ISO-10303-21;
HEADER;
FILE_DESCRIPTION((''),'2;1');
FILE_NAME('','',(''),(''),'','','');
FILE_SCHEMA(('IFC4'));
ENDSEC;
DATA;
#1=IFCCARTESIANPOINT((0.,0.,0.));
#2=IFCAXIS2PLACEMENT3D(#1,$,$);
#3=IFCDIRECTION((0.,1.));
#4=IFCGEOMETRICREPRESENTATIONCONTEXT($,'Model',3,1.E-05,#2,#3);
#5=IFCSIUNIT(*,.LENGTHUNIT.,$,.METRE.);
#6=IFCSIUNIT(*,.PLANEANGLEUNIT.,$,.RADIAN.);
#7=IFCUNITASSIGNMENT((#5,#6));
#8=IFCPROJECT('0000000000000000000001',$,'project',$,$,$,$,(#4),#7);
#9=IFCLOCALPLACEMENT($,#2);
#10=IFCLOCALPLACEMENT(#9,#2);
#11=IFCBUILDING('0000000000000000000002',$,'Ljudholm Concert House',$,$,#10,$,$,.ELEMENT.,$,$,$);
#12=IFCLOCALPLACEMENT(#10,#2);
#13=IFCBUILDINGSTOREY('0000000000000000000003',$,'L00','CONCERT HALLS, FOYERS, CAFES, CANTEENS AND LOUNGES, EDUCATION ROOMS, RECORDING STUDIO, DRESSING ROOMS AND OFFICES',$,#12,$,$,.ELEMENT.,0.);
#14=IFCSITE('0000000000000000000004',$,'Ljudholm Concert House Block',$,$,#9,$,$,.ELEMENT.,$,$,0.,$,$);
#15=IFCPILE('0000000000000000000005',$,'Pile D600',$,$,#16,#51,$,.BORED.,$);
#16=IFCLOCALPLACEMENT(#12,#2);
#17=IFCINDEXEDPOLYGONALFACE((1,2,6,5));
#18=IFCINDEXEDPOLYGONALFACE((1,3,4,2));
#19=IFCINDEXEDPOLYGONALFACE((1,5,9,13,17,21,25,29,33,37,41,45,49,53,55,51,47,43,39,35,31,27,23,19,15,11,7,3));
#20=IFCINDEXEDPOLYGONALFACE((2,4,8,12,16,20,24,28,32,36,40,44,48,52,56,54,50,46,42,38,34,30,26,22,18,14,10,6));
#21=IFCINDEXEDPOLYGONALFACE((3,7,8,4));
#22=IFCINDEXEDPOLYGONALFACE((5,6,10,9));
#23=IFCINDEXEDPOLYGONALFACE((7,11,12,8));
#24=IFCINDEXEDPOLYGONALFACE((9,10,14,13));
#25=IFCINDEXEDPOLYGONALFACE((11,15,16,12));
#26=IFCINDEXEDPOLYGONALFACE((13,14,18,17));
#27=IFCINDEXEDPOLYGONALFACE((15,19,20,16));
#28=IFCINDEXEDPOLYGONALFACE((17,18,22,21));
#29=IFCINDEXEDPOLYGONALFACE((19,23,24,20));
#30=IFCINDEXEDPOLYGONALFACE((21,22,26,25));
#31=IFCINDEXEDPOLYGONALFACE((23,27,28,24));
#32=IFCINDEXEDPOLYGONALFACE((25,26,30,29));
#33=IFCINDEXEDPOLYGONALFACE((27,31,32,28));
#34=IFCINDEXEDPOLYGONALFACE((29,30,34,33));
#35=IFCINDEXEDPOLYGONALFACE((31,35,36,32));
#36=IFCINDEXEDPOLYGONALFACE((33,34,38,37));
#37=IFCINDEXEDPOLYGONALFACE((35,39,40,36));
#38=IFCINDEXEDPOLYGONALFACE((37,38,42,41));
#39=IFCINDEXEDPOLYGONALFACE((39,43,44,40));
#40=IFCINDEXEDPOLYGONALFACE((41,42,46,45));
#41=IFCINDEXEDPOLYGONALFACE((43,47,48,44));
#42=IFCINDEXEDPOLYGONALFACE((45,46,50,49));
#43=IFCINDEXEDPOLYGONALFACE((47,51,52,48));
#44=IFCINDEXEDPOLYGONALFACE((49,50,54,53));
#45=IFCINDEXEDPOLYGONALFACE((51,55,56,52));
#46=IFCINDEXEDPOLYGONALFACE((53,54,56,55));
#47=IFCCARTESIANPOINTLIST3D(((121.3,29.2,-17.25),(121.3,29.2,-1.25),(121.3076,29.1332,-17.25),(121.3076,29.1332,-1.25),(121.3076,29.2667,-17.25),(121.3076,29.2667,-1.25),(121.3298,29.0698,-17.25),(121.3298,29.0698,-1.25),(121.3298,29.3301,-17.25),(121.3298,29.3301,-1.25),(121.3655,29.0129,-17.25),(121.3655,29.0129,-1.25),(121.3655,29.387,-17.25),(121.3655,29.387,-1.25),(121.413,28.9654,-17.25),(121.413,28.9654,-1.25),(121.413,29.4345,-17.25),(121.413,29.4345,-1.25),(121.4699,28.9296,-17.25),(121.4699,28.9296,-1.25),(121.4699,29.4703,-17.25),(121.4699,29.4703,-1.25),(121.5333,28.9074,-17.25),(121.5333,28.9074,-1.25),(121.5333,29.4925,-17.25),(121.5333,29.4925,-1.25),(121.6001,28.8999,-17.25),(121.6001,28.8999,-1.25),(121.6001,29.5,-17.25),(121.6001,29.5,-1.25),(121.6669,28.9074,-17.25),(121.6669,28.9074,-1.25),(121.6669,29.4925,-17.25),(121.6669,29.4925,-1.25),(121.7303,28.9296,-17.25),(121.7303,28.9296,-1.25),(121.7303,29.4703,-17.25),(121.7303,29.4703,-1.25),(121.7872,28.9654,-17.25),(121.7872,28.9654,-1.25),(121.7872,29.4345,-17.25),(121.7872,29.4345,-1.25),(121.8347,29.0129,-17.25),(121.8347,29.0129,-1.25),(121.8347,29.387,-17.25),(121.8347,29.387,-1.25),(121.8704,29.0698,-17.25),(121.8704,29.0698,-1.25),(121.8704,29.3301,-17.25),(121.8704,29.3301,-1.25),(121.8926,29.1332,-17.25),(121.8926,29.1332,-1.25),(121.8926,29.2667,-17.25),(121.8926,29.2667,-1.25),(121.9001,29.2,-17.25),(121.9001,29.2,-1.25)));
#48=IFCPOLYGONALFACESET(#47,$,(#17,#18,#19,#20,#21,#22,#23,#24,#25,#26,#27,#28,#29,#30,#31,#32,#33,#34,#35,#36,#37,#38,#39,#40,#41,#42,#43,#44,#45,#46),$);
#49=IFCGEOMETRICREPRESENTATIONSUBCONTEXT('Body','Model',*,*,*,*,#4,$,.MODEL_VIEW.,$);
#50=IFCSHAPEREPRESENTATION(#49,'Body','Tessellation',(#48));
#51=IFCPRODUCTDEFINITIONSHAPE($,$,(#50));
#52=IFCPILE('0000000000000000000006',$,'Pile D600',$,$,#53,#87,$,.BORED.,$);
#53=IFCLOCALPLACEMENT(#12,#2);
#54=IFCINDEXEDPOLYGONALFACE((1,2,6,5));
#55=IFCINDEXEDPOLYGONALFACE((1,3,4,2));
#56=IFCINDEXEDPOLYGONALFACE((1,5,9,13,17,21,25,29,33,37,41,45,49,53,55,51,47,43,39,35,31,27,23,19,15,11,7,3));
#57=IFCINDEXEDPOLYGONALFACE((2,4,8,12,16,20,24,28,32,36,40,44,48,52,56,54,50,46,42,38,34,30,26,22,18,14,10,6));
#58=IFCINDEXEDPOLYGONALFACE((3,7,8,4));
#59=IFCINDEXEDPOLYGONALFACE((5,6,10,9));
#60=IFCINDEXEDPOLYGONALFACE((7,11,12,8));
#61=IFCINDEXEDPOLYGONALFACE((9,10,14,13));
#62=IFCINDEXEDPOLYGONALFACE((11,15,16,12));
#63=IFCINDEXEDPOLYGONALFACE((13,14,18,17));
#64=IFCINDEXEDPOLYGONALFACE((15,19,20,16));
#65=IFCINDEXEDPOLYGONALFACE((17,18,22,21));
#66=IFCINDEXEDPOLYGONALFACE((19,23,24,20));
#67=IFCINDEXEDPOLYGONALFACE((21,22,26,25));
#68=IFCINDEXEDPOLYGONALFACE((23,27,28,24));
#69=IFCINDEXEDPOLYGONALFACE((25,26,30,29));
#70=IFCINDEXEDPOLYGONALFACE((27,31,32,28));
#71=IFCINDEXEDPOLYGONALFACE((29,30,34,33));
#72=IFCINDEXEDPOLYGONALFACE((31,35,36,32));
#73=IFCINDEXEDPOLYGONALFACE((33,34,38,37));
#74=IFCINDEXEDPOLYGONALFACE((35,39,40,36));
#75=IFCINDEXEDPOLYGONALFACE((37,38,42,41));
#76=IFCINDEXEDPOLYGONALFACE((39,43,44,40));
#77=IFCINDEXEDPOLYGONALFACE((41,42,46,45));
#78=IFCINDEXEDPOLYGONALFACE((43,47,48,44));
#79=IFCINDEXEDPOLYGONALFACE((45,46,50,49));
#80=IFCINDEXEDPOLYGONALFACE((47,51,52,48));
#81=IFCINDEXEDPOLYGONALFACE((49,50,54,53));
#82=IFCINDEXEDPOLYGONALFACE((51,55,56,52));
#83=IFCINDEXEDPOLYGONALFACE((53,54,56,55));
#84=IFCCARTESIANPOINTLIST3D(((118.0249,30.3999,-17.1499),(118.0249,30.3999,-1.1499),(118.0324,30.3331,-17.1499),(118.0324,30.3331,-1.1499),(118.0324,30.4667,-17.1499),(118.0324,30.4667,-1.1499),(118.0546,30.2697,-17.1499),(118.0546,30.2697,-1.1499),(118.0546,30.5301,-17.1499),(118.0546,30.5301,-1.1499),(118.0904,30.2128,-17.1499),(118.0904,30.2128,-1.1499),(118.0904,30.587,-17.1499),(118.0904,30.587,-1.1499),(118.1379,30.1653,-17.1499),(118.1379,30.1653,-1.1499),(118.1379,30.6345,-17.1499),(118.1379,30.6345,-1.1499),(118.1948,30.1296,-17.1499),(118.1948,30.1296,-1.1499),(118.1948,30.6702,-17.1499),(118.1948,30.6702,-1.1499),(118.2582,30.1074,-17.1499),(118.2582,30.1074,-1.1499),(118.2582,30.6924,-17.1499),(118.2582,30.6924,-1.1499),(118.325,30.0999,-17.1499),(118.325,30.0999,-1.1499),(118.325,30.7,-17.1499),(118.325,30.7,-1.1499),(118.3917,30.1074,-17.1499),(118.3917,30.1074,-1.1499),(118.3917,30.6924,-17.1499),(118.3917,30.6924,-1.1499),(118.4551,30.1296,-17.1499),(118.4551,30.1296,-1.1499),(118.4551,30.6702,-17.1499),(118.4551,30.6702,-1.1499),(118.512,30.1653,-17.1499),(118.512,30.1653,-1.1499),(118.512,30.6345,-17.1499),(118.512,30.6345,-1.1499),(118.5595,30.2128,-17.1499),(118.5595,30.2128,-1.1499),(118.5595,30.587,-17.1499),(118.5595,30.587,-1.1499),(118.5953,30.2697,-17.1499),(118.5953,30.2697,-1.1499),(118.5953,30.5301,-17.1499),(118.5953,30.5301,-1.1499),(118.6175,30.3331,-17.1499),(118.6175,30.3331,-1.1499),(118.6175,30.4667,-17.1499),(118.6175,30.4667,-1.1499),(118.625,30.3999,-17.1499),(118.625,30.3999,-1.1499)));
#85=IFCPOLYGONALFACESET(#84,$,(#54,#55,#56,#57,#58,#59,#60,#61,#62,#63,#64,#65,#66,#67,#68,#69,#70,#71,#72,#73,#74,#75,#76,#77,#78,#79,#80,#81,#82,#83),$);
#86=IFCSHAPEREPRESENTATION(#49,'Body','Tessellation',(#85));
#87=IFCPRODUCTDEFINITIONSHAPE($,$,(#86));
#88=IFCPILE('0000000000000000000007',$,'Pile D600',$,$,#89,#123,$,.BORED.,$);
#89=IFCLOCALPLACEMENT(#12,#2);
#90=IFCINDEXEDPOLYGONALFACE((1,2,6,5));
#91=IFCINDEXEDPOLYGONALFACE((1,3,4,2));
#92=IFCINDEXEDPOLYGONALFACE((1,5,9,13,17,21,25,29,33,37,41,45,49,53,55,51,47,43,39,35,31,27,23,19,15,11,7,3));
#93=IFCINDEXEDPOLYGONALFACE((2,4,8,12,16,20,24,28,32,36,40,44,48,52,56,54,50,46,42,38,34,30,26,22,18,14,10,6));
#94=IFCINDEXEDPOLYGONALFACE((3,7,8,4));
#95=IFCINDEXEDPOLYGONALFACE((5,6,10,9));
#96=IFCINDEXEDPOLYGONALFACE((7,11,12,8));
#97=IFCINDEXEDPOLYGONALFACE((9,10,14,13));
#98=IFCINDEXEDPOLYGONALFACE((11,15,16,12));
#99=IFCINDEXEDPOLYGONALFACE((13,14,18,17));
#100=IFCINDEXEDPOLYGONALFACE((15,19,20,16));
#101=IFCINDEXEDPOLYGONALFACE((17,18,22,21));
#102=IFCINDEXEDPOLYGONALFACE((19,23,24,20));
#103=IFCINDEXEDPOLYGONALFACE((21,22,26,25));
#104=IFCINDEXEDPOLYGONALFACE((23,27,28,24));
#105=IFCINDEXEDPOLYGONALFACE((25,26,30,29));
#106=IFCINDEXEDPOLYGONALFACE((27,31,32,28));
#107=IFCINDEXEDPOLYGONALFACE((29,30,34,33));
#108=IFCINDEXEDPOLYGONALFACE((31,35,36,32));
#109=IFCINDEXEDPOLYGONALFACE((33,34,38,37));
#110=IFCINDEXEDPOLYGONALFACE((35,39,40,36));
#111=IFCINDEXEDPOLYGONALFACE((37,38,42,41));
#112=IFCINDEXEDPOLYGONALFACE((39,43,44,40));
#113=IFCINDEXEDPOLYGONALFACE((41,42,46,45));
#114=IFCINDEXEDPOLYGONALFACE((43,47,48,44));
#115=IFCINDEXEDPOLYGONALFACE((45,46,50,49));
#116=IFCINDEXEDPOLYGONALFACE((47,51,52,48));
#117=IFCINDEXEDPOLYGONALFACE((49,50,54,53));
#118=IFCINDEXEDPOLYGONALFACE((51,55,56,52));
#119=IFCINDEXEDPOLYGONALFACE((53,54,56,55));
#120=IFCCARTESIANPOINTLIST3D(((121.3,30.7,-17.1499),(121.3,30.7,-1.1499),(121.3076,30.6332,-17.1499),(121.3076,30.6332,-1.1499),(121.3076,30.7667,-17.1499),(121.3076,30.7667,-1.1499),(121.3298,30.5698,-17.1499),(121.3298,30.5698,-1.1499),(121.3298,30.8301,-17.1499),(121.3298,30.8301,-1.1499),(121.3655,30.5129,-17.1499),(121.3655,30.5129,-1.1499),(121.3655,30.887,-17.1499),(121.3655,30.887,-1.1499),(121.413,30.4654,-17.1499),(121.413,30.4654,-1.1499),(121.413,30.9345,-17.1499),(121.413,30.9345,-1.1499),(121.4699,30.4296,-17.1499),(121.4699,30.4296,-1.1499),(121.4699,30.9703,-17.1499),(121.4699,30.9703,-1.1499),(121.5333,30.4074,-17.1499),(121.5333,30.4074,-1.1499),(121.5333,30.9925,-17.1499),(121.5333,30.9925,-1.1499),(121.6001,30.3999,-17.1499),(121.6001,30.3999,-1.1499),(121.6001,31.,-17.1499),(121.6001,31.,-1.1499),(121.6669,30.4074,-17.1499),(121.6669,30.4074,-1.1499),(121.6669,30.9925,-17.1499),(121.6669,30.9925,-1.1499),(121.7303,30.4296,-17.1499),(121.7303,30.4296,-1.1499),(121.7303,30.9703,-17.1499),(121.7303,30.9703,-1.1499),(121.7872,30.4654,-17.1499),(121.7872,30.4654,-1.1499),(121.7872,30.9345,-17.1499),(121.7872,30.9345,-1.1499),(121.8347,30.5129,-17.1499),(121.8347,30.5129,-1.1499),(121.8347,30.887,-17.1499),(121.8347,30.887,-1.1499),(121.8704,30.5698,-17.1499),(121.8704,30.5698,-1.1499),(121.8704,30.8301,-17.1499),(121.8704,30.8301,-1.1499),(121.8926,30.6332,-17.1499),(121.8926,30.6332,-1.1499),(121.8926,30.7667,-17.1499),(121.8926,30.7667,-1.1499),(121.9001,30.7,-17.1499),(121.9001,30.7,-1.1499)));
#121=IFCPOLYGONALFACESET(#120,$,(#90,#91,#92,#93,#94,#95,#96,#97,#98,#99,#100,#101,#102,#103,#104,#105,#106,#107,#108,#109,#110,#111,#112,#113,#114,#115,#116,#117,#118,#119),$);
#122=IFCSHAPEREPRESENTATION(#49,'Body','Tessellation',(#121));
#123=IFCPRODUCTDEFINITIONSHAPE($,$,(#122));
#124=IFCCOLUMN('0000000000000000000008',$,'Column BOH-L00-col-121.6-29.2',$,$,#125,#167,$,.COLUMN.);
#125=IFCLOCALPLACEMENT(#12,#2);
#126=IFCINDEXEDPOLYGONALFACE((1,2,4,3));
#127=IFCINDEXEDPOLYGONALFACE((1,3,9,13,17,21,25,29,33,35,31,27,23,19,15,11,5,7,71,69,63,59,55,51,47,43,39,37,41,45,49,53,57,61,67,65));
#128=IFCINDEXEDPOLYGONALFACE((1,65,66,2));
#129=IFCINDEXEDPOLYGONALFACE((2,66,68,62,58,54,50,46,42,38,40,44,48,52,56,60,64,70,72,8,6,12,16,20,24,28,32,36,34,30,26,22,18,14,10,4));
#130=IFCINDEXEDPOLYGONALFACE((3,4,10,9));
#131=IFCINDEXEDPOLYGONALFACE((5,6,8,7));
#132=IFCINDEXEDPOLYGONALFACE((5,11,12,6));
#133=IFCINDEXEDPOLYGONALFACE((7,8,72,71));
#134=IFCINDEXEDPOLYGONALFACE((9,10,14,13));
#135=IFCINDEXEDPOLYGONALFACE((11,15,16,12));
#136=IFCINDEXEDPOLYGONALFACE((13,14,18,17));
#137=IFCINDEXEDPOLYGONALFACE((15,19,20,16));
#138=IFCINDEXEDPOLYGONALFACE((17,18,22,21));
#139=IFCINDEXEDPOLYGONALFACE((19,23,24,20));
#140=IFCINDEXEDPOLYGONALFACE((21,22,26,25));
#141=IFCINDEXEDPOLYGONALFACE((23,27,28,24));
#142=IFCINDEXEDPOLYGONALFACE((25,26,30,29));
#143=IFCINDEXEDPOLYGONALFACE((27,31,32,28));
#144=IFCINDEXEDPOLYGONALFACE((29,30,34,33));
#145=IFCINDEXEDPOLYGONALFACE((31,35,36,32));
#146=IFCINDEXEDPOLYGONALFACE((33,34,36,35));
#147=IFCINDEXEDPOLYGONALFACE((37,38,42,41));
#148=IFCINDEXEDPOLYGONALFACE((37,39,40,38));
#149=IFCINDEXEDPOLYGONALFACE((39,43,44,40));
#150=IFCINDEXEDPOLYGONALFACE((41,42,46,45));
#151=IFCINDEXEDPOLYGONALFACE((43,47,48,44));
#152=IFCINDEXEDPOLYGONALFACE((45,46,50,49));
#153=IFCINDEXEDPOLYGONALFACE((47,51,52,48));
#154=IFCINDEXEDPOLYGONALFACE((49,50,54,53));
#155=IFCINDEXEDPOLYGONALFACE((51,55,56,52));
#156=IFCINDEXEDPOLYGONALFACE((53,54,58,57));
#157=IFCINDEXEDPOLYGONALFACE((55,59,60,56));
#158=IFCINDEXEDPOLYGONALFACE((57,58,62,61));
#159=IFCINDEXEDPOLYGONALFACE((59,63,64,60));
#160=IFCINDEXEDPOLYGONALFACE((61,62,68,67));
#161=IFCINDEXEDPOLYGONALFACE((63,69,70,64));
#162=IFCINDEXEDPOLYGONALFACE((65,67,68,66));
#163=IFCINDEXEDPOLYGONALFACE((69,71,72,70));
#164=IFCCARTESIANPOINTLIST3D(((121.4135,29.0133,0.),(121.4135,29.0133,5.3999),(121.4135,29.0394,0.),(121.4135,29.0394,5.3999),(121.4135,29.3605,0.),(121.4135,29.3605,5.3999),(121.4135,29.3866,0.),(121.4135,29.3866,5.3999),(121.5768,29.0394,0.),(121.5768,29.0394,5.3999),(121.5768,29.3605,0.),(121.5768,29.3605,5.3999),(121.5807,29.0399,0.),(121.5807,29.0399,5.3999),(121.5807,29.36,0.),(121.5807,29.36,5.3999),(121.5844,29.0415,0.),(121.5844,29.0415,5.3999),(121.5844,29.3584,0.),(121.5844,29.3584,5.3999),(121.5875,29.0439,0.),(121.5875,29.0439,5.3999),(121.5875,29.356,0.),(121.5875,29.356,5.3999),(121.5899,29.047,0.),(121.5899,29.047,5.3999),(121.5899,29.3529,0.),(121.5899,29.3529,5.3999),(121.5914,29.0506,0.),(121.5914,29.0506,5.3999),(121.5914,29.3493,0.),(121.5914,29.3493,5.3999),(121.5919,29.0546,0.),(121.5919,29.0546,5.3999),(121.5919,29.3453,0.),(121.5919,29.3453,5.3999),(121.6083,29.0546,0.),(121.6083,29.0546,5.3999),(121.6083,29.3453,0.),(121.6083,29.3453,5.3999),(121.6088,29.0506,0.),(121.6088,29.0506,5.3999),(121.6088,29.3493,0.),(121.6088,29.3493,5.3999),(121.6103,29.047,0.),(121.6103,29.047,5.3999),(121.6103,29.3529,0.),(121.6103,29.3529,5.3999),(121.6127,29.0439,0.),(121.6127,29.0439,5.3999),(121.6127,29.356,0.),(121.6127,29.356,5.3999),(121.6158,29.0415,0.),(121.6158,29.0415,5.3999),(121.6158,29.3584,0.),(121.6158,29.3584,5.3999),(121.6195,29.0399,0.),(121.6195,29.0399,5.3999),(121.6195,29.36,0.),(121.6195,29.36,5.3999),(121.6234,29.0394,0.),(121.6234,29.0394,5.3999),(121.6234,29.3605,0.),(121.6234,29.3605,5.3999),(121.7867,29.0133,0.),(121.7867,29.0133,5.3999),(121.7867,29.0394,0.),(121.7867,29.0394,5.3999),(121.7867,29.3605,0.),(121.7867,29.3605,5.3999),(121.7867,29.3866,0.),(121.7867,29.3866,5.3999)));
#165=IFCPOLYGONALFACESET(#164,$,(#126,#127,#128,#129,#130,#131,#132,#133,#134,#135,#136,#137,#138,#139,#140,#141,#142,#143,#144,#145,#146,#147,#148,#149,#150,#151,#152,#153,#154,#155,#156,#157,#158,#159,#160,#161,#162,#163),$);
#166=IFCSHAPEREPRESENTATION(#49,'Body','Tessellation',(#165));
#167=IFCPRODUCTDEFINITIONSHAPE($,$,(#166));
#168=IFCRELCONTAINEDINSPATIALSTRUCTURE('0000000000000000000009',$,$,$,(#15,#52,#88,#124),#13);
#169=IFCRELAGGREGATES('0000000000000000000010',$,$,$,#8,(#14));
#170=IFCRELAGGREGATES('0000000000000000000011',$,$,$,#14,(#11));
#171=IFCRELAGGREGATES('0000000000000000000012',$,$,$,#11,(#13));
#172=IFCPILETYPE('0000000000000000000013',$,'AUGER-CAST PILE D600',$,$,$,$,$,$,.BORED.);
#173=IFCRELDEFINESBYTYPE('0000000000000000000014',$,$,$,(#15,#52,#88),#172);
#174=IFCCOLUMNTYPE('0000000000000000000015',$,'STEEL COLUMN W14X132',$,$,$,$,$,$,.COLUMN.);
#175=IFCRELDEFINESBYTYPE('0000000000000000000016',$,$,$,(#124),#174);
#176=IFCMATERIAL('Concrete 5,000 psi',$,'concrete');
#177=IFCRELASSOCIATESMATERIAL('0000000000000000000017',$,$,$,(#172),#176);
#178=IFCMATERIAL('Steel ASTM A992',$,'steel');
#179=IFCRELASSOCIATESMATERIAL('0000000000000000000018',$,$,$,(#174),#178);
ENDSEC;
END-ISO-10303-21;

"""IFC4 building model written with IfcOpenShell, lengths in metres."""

from ifc_helpers import new_model, si_unit, direction, frame, origin, origin_2d, place, context, subcontext, project, spatial, circle, i_section, extrude, material, material_profile, profile_set, type_object, element, save


model = new_model("IFC4")

# Units and contexts
model_context = context("Model", 3, precision=1e-05, world=origin(), true_north=direction((0.0, 1.0)))
body_context = subcontext(model_context, "Body", "Model", "MODEL_VIEW")
ifc_project = project(units=[si_unit("LENGTHUNIT", "METRE"), si_unit("PLANEANGLEUNIT", "RADIAN")], contexts=[model_context])

# Site, building, storey
site_placement = place(None, origin())
site = spatial("IfcSite", under=ifc_project, at=site_placement, Name="Ljudholm Concert House Block", CompositionType="ELEMENT", RefElevation=0.0)
building_placement = place(site_placement, origin())
building = spatial("IfcBuilding", under=site, at=building_placement, Name="Ljudholm Concert House", CompositionType="ELEMENT")
storey_placement = place(building_placement, origin())
storey = spatial("IfcBuildingStorey", under=building, at=storey_placement, Name="L00", Description="CONCERT HALLS, FOYERS, CAFES, CANTEENS AND LOUNGES, EDUCATION ROOMS, RECORDING STUDIO, DRESSING ROOMS AND OFFICES", CompositionType="ELEMENT", Elevation=0.0)

# Piles
ifc_material_1 = material(Name="Concrete 5,000 psi", Category="concrete")
ifc_material_profile_1 = material_profile(ifc_material_1, circle(Radius=0.3, at=origin_2d()), Name="AUGER-CAST PILE D600")
ifc_profile_set_1 = profile_set([ifc_material_profile_1], Name="Concrete 5,000 psi")
pile_type = type_object("IfcPileType", Name="AUGER-CAST PILE D600", PredefinedType="BORED", material=ifc_profile_set_1)
for number, where, z_axis, x_axis, name in (
    (1, (121.6001, 29.2, -1.25), (0.0, 0.0, -1.0), (1.0, 0.0, 0.0), "Pile D600"),
    (2, (118.325, 30.3999, -1.1499), (0.0, 0.0, -1.0), (1.0, 0.0, 0.0), "Pile D600"),
    (3, (121.6001, 30.7, -1.1499), (0.0, 0.0, -1.0), (1.0, 0.0, 0.0), "Pile D600"),
):
    element("IfcPile", number, at=place(storey_placement, frame(where, z_axis=z_axis, x_axis=x_axis)), inside=storey, type_object=pile_type, Name=name, PredefinedType="BORED", context=body_context, shape_type="SweptSolid", body=[
        extrude(circle(Radius=0.3, at=origin_2d()), origin(), (0.0, 0.0, 1.0), 16.0),
    ])

# Column
ifc_material_2 = material(Name="Steel ASTM A992", Category="steel")
ifc_material_profile_2 = material_profile(ifc_material_2, i_section(OverallWidth=0.3733, OverallDepth=0.3733, WebThickness=0.0164, FlangeThickness=0.0261, FilletRadius=0.0151, at=origin_2d()), Name="W14X132")
ifc_profile_set_2 = profile_set([ifc_material_profile_2], Name="Steel ASTM A992")
column_type = type_object("IfcColumnType", Name="STEEL COLUMN W14X132", PredefinedType="COLUMN", material=ifc_profile_set_2)
column_placement = place(storey_placement, frame((121.6001, 29.2, 0.0), z_axis=(0.0, 0.0, 1.0), x_axis=(1.0, 0.0, 0.0)))
element("IfcColumn", 4, at=column_placement, inside=storey, type_object=column_type, Name="Column BOH-L00-col-121.6-29.2", PredefinedType="COLUMN", context=body_context, shape_type="SweptSolid", body=[
    extrude(i_section(OverallWidth=0.3733, OverallDepth=0.3733, WebThickness=0.0164, FlangeThickness=0.0261, FilletRadius=0.0151, at=origin_2d()), origin(), (0.0, 0.0, 1.0), 5.3999),
])

save(model, "model.ifc")
